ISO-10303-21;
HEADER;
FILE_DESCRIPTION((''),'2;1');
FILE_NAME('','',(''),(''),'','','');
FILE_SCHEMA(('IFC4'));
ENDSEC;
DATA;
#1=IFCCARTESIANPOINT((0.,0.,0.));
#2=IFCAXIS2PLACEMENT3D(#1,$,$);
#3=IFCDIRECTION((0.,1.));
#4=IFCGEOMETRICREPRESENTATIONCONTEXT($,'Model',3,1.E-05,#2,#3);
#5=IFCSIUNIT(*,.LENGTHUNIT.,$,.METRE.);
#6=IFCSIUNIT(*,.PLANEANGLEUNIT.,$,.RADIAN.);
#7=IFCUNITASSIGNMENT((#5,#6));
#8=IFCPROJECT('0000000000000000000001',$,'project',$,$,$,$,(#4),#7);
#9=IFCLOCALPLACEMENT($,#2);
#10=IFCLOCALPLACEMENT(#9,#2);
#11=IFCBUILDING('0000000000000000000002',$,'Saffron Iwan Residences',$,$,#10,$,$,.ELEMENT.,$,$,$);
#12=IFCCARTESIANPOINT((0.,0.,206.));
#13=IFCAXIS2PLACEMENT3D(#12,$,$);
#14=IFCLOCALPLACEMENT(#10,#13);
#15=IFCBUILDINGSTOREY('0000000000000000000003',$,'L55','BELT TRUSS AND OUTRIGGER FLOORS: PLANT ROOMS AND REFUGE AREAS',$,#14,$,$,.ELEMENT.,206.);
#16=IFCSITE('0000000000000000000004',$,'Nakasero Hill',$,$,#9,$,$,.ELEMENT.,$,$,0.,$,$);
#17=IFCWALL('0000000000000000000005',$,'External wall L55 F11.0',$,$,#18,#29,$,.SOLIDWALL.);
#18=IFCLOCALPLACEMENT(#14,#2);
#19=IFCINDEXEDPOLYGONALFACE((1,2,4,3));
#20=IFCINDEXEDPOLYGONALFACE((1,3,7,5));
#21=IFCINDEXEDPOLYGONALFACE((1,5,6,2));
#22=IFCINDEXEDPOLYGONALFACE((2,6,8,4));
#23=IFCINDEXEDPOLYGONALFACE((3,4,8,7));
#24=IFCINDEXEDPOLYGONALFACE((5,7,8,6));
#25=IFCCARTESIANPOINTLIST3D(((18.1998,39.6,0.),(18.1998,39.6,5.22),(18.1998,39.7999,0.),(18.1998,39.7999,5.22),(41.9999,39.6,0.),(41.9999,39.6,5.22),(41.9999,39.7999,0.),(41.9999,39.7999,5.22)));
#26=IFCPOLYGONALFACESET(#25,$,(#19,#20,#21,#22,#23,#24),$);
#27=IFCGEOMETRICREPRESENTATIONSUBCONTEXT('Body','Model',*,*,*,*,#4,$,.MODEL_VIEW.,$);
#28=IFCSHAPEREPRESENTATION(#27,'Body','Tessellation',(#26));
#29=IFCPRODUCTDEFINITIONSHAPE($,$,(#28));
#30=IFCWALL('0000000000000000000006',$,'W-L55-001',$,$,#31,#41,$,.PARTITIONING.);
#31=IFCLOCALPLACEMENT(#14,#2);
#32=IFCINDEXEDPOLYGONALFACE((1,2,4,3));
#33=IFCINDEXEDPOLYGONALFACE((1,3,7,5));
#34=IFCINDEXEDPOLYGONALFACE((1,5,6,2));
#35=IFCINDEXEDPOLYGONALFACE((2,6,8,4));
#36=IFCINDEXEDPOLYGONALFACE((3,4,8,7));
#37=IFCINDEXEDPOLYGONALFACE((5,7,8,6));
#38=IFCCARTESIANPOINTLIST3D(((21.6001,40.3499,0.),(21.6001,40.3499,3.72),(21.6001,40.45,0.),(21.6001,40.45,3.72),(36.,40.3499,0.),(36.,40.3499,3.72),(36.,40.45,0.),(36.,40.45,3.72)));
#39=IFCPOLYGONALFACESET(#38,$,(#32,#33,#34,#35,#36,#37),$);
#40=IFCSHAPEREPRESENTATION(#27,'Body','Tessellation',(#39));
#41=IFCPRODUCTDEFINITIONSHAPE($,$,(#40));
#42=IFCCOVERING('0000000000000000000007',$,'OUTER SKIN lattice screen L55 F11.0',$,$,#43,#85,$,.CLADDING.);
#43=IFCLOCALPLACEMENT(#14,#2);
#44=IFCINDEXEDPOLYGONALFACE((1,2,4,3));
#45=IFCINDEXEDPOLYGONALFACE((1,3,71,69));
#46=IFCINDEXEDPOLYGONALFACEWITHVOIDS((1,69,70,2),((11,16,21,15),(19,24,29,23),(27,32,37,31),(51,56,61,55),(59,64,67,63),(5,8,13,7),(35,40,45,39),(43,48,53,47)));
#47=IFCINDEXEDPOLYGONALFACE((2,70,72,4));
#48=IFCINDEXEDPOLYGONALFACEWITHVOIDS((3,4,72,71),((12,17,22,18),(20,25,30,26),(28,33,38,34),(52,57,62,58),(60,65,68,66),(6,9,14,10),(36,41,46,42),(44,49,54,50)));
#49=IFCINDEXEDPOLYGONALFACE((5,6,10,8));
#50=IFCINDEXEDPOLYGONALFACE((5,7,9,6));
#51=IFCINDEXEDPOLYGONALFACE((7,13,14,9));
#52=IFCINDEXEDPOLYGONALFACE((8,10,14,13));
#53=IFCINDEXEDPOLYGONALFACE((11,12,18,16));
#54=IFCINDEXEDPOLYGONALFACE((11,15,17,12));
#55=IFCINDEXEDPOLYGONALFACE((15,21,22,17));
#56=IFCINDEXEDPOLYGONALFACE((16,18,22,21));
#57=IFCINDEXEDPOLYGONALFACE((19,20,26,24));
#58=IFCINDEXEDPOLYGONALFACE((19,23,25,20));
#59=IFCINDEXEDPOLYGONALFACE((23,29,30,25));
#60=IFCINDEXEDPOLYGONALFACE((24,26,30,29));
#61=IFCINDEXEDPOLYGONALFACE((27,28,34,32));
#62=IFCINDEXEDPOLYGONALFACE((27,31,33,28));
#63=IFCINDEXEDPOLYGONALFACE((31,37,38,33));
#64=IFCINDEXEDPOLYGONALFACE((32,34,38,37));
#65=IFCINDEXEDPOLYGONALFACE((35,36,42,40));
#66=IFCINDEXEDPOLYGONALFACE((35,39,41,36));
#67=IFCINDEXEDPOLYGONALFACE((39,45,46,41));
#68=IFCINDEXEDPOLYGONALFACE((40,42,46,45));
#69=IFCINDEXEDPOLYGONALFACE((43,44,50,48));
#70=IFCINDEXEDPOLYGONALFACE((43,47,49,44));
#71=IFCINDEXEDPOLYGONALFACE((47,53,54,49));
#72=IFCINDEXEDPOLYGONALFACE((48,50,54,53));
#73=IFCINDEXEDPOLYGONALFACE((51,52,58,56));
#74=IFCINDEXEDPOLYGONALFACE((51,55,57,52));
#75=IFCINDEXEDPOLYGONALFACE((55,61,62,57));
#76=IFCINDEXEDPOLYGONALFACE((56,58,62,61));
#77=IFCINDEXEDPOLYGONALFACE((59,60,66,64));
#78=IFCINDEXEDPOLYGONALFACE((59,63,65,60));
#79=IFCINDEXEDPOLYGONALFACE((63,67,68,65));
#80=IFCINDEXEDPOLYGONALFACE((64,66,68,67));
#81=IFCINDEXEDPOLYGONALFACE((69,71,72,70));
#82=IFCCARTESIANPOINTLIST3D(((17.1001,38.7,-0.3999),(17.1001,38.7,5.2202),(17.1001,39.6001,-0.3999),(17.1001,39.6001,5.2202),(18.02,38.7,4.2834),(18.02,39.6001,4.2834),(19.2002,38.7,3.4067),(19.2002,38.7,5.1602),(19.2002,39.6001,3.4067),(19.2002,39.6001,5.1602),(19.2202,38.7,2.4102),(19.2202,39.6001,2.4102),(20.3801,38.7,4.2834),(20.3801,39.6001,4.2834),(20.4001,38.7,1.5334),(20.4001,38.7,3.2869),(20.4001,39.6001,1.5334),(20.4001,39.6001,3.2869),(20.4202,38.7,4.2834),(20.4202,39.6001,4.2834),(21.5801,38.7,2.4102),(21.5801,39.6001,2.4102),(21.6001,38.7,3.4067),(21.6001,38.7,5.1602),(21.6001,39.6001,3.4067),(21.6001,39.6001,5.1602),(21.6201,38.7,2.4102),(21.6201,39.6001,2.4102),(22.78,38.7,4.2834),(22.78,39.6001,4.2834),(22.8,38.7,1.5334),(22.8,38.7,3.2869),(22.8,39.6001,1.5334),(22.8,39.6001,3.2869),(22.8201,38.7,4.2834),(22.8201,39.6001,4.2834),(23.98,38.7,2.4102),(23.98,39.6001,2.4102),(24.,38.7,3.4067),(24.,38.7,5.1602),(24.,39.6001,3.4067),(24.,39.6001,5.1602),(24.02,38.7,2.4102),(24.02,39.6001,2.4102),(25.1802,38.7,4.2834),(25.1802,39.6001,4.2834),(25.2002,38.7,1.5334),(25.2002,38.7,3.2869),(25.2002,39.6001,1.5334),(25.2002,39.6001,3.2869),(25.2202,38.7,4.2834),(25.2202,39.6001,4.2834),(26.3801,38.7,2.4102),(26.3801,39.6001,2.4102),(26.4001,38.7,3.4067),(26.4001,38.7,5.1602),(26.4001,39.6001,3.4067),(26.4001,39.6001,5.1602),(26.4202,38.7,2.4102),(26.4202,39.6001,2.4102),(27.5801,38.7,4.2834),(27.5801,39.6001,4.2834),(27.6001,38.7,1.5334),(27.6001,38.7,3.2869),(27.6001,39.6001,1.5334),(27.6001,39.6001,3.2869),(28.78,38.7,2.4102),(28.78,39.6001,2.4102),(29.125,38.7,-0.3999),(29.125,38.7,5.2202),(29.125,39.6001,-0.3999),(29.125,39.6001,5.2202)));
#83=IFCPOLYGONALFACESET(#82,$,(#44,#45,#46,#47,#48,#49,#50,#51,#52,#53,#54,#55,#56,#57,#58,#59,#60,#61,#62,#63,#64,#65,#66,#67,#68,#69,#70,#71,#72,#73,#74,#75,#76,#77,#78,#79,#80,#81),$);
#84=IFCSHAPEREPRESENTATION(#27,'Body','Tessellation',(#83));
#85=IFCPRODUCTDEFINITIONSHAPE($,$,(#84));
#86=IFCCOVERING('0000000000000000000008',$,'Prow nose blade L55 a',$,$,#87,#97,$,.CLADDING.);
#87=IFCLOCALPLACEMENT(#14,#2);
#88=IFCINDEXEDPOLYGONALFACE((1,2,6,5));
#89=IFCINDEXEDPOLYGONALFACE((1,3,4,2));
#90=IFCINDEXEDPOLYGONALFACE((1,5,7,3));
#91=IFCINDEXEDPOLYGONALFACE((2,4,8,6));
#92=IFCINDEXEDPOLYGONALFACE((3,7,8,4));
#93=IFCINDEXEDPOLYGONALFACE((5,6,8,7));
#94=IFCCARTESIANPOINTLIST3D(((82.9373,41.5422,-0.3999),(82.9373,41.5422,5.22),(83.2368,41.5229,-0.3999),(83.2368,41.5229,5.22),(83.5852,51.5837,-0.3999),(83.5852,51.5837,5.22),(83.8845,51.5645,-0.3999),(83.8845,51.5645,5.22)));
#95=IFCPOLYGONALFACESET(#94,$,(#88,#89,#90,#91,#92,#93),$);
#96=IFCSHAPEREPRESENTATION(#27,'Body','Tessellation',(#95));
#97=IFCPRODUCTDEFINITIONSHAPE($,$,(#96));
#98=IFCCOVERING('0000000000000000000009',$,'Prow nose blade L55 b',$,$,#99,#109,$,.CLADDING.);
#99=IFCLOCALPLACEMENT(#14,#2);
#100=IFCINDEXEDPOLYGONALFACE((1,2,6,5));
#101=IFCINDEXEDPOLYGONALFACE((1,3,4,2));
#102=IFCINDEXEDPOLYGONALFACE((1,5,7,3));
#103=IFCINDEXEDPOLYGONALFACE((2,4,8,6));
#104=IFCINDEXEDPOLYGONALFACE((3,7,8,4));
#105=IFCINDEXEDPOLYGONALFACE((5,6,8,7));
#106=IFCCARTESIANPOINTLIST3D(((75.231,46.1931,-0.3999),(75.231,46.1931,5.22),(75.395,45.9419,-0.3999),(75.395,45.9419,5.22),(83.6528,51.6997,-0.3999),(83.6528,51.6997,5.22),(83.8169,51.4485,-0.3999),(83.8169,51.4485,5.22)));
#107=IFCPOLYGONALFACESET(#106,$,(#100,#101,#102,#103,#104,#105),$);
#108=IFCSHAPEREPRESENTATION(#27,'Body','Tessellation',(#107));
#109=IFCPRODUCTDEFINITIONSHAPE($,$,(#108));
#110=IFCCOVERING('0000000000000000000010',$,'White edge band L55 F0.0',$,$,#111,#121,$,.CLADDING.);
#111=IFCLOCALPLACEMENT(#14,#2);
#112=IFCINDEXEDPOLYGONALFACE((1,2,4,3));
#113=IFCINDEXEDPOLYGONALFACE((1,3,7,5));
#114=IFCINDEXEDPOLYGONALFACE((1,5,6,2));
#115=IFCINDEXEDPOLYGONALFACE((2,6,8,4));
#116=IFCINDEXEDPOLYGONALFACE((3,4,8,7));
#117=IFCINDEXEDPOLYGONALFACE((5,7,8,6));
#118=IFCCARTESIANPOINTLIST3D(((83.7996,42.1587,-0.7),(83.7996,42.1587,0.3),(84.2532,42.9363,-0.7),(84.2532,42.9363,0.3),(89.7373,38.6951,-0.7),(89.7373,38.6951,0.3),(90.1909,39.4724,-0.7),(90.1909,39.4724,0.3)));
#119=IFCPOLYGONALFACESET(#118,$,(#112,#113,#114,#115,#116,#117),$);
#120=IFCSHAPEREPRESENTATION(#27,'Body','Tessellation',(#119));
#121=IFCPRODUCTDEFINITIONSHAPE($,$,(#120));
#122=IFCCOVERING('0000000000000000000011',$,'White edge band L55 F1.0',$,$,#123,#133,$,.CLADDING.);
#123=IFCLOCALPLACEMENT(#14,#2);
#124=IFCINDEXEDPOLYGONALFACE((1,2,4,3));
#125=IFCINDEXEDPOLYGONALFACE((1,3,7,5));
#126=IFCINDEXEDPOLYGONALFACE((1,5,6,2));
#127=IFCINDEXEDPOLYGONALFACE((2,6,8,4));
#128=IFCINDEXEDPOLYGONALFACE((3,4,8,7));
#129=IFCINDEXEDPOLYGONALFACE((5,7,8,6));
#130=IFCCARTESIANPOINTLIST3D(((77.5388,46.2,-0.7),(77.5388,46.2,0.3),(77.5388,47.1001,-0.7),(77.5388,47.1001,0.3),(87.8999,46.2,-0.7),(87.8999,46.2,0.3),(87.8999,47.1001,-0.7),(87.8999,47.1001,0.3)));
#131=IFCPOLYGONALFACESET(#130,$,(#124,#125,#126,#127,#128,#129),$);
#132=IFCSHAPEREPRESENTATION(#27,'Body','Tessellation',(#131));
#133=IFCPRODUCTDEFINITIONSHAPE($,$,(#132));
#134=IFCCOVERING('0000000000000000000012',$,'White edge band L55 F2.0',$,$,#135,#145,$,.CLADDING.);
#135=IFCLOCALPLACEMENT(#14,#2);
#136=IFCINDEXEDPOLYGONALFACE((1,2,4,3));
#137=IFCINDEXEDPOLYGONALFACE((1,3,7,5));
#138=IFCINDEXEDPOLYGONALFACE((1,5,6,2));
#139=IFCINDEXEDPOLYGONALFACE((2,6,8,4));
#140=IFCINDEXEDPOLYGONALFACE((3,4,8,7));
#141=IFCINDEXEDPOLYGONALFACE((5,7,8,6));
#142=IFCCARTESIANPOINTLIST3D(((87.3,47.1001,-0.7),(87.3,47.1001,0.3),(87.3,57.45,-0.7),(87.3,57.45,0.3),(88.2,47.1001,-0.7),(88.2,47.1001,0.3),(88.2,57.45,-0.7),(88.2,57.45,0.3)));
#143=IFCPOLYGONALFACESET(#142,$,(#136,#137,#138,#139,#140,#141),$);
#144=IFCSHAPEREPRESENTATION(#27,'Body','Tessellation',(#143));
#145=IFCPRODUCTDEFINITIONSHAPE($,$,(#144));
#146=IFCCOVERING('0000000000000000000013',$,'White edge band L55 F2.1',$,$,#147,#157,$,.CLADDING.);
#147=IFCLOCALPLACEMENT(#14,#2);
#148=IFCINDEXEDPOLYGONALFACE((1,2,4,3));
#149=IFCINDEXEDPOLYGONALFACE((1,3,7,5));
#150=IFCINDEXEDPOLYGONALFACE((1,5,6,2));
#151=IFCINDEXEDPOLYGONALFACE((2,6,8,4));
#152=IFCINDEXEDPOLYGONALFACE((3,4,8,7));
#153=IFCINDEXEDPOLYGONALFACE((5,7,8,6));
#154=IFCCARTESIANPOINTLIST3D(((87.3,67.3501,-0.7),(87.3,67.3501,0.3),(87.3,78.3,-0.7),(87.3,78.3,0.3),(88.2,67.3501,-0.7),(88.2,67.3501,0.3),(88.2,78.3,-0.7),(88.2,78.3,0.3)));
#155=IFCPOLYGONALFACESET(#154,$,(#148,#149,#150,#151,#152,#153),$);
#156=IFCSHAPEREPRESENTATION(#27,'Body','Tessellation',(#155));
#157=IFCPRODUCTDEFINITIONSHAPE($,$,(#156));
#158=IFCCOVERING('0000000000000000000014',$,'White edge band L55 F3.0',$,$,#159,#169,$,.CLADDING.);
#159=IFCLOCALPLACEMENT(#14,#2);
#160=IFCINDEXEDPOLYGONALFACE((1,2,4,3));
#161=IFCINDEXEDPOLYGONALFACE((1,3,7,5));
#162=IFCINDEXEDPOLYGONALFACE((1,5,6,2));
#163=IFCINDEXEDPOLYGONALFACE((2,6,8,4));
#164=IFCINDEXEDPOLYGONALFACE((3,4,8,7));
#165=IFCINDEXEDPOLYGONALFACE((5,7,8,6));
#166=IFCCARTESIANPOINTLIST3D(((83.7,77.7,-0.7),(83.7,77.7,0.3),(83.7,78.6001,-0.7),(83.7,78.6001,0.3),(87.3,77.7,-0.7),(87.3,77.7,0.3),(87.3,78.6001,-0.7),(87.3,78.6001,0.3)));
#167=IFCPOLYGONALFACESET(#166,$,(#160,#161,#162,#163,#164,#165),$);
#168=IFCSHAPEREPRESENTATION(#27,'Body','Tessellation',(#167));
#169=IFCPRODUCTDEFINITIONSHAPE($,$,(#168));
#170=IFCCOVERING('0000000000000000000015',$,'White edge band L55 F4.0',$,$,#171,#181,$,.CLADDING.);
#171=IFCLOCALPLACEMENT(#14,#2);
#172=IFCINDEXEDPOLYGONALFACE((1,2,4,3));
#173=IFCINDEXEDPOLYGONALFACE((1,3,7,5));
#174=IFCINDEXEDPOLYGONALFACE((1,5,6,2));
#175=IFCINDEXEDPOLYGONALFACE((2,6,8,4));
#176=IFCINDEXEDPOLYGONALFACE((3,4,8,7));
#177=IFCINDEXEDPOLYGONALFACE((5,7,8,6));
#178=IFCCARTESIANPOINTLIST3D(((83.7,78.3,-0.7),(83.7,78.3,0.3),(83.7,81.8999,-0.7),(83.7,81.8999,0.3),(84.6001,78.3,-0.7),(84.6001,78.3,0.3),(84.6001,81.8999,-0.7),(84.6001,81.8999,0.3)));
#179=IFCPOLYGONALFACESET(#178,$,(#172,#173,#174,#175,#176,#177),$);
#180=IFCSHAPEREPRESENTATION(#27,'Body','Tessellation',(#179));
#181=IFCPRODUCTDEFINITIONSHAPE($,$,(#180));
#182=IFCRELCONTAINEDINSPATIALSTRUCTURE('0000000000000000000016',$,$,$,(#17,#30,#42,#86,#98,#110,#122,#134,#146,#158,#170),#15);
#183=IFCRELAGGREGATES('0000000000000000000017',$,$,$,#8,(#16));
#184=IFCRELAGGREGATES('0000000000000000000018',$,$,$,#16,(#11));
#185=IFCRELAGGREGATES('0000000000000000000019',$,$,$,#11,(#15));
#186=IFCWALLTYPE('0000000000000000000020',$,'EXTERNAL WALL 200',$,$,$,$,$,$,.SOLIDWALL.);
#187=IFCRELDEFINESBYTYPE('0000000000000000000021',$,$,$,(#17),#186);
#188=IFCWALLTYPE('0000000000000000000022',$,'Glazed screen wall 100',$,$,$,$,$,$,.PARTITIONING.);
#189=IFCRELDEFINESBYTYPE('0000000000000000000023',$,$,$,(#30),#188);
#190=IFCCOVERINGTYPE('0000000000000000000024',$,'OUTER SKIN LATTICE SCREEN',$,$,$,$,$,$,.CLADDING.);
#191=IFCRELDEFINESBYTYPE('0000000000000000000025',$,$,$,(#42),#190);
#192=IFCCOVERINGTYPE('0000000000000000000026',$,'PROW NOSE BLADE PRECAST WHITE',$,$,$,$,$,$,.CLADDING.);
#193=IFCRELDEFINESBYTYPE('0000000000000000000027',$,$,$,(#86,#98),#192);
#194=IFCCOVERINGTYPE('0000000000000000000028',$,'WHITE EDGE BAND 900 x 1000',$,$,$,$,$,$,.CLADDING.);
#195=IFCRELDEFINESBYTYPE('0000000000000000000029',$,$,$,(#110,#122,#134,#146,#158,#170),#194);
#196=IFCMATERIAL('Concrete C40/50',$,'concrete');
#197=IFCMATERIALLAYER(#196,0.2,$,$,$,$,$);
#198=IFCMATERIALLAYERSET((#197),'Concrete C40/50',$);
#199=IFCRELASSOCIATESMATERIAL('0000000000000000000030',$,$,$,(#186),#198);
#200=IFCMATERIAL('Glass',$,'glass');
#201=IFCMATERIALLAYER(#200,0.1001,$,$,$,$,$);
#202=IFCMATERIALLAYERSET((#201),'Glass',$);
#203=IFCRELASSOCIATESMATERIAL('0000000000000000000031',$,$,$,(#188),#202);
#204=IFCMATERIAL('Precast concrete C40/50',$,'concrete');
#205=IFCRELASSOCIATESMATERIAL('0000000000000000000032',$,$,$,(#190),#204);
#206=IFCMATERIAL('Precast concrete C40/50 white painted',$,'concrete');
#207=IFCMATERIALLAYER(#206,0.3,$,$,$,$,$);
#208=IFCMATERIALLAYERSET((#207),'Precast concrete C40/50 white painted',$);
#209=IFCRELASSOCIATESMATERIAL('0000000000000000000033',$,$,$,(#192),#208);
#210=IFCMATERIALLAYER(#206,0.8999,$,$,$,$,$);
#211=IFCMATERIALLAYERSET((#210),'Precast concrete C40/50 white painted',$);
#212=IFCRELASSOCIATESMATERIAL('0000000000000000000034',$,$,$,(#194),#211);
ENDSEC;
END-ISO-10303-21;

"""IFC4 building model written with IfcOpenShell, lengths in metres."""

from ifc_helpers import new_model, si_unit, direction, frame, frame_2d, origin, place, context, subcontext, project, spatial, polyline, rectangle, outline, extrude, material, layer, layer_set, type_object, element, save


model = new_model("IFC4")

# Units and contexts
model_context = context("Model", 3, precision=1e-05, world=origin(), true_north=direction((0.0, 1.0)))
body_context = subcontext(model_context, "Body", "Model", "MODEL_VIEW")
ifc_project = project(units=[si_unit("LENGTHUNIT", "METRE"), si_unit("PLANEANGLEUNIT", "RADIAN")], contexts=[model_context])

# Site, building, storey
site_placement = place(None, origin())
site = spatial("IfcSite", under=ifc_project, at=site_placement, Name="Nakasero Hill", CompositionType="ELEMENT", RefElevation=0.0)
building_placement = place(site_placement, origin())
building = spatial("IfcBuilding", under=site, at=building_placement, Name="Saffron Iwan Residences", CompositionType="ELEMENT")
storey_placement = place(building_placement, frame((0.0, 0.0, 206.0)))
storey = spatial("IfcBuildingStorey", under=building, at=storey_placement, Name="L55", Description="BELT TRUSS AND OUTRIGGER FLOORS: PLANT ROOMS AND REFUGE AREAS", CompositionType="ELEMENT", Elevation=206.0)

# Shared definitions
ifc_material_1 = material(Name="Concrete C40/50", Category="concrete")

# Walls
ifc_layer_1 = layer(ifc_material_1, 0.2)
ifc_layer_set_1 = layer_set([ifc_layer_1], Name="Concrete C40/50")
wall_type_1 = type_object("IfcWallType", Name="EXTERNAL WALL 200", PredefinedType="SOLIDWALL", material=ifc_layer_set_1)
wall_1_placement = place(storey_placement, frame((18.2, 39.7, 0.0), z_axis=(0.0, 0.0, 1.0), x_axis=(1.0, 0.0, 0.0)))
element("IfcWall", 1, at=wall_1_placement, inside=storey, type_object=wall_type_1, Name="External wall L55 F11.0", PredefinedType="SOLIDWALL", context=body_context, shape_type="SweptSolid", body=[
    extrude(rectangle(XDim=23.8, YDim=0.2, at=frame_2d((11.8999, 0.0))), origin(), (0.0, 0.0, 1.0), 5.22),
])
ifc_material_2 = material(Name="Glass", Category="glass")
ifc_layer_2 = layer(ifc_material_2, 0.1001)
ifc_layer_set_2 = layer_set([ifc_layer_2], Name="Glass")
wall_type_2 = type_object("IfcWallType", Name="Glazed screen wall 100", PredefinedType="PARTITIONING", material=ifc_layer_set_2)
wall_2_placement = place(storey_placement, frame((21.6001, 40.3999, 0.0), z_axis=(0.0, 0.0, 1.0), x_axis=(1.0, 0.0, 0.0)))
element("IfcWall", 2, at=wall_2_placement, inside=storey, type_object=wall_type_2, Name="W-L55-001", PredefinedType="PARTITIONING", context=body_context, shape_type="SweptSolid", body=[
    extrude(rectangle(XDim=14.3999, YDim=0.1001, at=frame_2d((7.2, 0.0))), origin(), (0.0, 0.0, 1.0), 3.72),
])

# Coverings
ifc_material_3 = material(Name="Precast concrete C40/50", Category="concrete")
covering_type_1 = type_object("IfcCoveringType", Name="OUTER SKIN LATTICE SCREEN", PredefinedType="CLADDING", material=ifc_material_3)
covering_1_placement = place(storey_placement, frame((17.1001, 39.6001, -0.3999), z_axis=(0.0, -1.0, 0.0), x_axis=(1.0, 0.0, 0.0)))
element("IfcCovering", 3, at=covering_1_placement, inside=storey, type_object=covering_type_1, Name="OUTER SKIN lattice screen L55 F11.0", PredefinedType="CLADDING", context=body_context, shape_type="SweptSolid", body=[
    extrude(outline(polyline([(0.0, 0.0), (12.0249, 0.0), (12.0249, 5.6201), (0.0, 5.6201), (0.0, 0.0)]), holes=[polyline([(2.1201, 2.8101), (3.3, 1.9333), (4.48, 2.8101), (3.3, 3.6868), (2.1201, 2.8101)]), polyline([(4.52, 2.8101), (5.7, 1.9333), (6.8799, 2.8101), (5.7, 3.6868), (4.52, 2.8101)]), polyline([(6.9199, 2.8101), (8.1001, 1.9333), (9.28, 2.8101), (8.1001, 3.6868), (6.9199, 2.8101)]), polyline([(9.3201, 2.8101), (10.5, 1.9333), (11.6799, 2.8101), (10.5, 3.6868), (9.3201, 2.8101)]), polyline([(0.9199, 4.6833), (2.1001, 3.8066), (3.28, 4.6833), (2.1001, 5.5601), (0.9199, 4.6833)]), polyline([(3.3201, 4.6833), (4.5, 3.8066), (5.6799, 4.6833), (4.5, 5.5601), (3.3201, 4.6833)]), polyline([(5.72, 4.6833), (6.8999, 3.8066), (8.0801, 4.6833), (6.8999, 5.5601), (5.72, 4.6833)]), polyline([(8.1201, 4.6833), (9.3, 3.8066), (10.48, 4.6833), (9.3, 5.5601), (8.1201, 4.6833)])]), origin(), (0.0, 0.0, 1.0), 0.9001),
])
ifc_material_4 = material(Name="Precast concrete C40/50 white painted", Category="concrete")
ifc_layer_3 = layer(ifc_material_4, 0.3)
ifc_layer_set_3 = layer_set([ifc_layer_3], Name="Precast concrete C40/50 white painted")
covering_type_2 = type_object("IfcCoveringType", Name="PROW NOSE BLADE PRECAST WHITE", PredefinedType="CLADDING", material=ifc_layer_set_3)
covering_2_placement = place(storey_placement, frame((0.0, 0.0, -0.3999)))
element("IfcCovering", 4, at=covering_2_placement, inside=storey, type_object=covering_type_2, Name="Prow nose blade L55 a", PredefinedType="CLADDING", context=body_context, shape_type="SweptSolid", body=[
    extrude(outline(polyline([(83.2368, 41.5229), (83.8845, 51.5645), (83.5852, 51.5837), (82.9373, 41.5422), (83.2368, 41.5229)])), origin(), (0.0, 0.0, 1.0), 5.6199),
])
covering_3_placement = place(storey_placement, frame((0.0, 0.0, -0.3999)))
element("IfcCovering", 5, at=covering_3_placement, inside=storey, type_object=covering_type_2, Name="Prow nose blade L55 b", PredefinedType="CLADDING", context=body_context, shape_type="SweptSolid", body=[
    extrude(outline(polyline([(75.395, 45.9419), (83.8169, 51.4485), (83.6528, 51.6997), (75.231, 46.1931), (75.395, 45.9419)])), origin(), (0.0, 0.0, 1.0), 5.6199),
])
ifc_layer_4 = layer(ifc_material_4, 0.8999)
ifc_layer_set_4 = layer_set([ifc_layer_4], Name="Precast concrete C40/50 white painted")
covering_type_3 = type_object("IfcCoveringType", Name="WHITE EDGE BAND 900 x 1000", PredefinedType="CLADDING", material=ifc_layer_set_4)
covering_4_placement = place(storey_placement, frame((0.0, 0.0, -0.7)))
element("IfcCovering", 6, at=covering_4_placement, inside=storey, type_object=covering_type_3, Name="White edge band L55 F0.0", PredefinedType="CLADDING", context=body_context, shape_type="SweptSolid", body=[
    extrude(outline(polyline([(90.1909, 39.4724), (84.2532, 42.9363), (83.7996, 42.1587), (89.7373, 38.6951), (90.1909, 39.4724)])), origin(), (0.0, 0.0, 1.0), 1.0),
])
covering_5_placement = place(storey_placement, frame((0.0, 0.0, -0.7)))
element("IfcCovering", 7, at=covering_5_placement, inside=storey, type_object=covering_type_3, Name="White edge band L55 F1.0", PredefinedType="CLADDING", context=body_context, shape_type="SweptSolid", body=[
    extrude(outline(polyline([(77.5388, 46.2), (87.8999, 46.2), (87.8999, 47.1001), (77.5388, 47.1001), (77.5388, 46.2)])), origin(), (0.0, 0.0, 1.0), 1.0),
])
covering_6_placement = place(storey_placement, frame((0.0, 0.0, -0.7)))
element("IfcCovering", 8, at=covering_6_placement, inside=storey, type_object=covering_type_3, Name="White edge band L55 F2.0", PredefinedType="CLADDING", context=body_context, shape_type="SweptSolid", body=[
    extrude(outline(polyline([(88.2, 47.1001), (88.2, 57.45), (87.3, 57.45), (87.3, 47.1001), (88.2, 47.1001)])), origin(), (0.0, 0.0, 1.0), 1.0),
])
covering_7_placement = place(storey_placement, frame((0.0, 0.0, -0.7)))
element("IfcCovering", 9, at=covering_7_placement, inside=storey, type_object=covering_type_3, Name="White edge band L55 F2.1", PredefinedType="CLADDING", context=body_context, shape_type="SweptSolid", body=[
    extrude(outline(polyline([(88.2, 67.3501), (88.2, 78.3), (87.3, 78.3), (87.3, 67.3501), (88.2, 67.3501)])), origin(), (0.0, 0.0, 1.0), 1.0),
])
covering_8_placement = place(storey_placement, frame((0.0, 0.0, -0.7)))
element("IfcCovering", 10, at=covering_8_placement, inside=storey, type_object=covering_type_3, Name="White edge band L55 F3.0", PredefinedType="CLADDING", context=body_context, shape_type="SweptSolid", body=[
    extrude(outline(polyline([(87.3, 78.6001), (83.7, 78.6001), (83.7, 77.7), (87.3, 77.7), (87.3, 78.6001)])), origin(), (0.0, 0.0, 1.0), 1.0),
])
covering_9_placement = place(storey_placement, frame((0.0, 0.0, -0.7)))
element("IfcCovering", 11, at=covering_9_placement, inside=storey, type_object=covering_type_3, Name="White edge band L55 F4.0", PredefinedType="CLADDING", context=body_context, shape_type="SweptSolid", body=[
    extrude(outline(polyline([(84.6001, 78.3), (84.6001, 81.8999), (83.7, 81.8999), (83.7, 78.3), (84.6001, 78.3)])), origin(), (0.0, 0.0, 1.0), 1.0),
])

save(model, "model.ifc")
